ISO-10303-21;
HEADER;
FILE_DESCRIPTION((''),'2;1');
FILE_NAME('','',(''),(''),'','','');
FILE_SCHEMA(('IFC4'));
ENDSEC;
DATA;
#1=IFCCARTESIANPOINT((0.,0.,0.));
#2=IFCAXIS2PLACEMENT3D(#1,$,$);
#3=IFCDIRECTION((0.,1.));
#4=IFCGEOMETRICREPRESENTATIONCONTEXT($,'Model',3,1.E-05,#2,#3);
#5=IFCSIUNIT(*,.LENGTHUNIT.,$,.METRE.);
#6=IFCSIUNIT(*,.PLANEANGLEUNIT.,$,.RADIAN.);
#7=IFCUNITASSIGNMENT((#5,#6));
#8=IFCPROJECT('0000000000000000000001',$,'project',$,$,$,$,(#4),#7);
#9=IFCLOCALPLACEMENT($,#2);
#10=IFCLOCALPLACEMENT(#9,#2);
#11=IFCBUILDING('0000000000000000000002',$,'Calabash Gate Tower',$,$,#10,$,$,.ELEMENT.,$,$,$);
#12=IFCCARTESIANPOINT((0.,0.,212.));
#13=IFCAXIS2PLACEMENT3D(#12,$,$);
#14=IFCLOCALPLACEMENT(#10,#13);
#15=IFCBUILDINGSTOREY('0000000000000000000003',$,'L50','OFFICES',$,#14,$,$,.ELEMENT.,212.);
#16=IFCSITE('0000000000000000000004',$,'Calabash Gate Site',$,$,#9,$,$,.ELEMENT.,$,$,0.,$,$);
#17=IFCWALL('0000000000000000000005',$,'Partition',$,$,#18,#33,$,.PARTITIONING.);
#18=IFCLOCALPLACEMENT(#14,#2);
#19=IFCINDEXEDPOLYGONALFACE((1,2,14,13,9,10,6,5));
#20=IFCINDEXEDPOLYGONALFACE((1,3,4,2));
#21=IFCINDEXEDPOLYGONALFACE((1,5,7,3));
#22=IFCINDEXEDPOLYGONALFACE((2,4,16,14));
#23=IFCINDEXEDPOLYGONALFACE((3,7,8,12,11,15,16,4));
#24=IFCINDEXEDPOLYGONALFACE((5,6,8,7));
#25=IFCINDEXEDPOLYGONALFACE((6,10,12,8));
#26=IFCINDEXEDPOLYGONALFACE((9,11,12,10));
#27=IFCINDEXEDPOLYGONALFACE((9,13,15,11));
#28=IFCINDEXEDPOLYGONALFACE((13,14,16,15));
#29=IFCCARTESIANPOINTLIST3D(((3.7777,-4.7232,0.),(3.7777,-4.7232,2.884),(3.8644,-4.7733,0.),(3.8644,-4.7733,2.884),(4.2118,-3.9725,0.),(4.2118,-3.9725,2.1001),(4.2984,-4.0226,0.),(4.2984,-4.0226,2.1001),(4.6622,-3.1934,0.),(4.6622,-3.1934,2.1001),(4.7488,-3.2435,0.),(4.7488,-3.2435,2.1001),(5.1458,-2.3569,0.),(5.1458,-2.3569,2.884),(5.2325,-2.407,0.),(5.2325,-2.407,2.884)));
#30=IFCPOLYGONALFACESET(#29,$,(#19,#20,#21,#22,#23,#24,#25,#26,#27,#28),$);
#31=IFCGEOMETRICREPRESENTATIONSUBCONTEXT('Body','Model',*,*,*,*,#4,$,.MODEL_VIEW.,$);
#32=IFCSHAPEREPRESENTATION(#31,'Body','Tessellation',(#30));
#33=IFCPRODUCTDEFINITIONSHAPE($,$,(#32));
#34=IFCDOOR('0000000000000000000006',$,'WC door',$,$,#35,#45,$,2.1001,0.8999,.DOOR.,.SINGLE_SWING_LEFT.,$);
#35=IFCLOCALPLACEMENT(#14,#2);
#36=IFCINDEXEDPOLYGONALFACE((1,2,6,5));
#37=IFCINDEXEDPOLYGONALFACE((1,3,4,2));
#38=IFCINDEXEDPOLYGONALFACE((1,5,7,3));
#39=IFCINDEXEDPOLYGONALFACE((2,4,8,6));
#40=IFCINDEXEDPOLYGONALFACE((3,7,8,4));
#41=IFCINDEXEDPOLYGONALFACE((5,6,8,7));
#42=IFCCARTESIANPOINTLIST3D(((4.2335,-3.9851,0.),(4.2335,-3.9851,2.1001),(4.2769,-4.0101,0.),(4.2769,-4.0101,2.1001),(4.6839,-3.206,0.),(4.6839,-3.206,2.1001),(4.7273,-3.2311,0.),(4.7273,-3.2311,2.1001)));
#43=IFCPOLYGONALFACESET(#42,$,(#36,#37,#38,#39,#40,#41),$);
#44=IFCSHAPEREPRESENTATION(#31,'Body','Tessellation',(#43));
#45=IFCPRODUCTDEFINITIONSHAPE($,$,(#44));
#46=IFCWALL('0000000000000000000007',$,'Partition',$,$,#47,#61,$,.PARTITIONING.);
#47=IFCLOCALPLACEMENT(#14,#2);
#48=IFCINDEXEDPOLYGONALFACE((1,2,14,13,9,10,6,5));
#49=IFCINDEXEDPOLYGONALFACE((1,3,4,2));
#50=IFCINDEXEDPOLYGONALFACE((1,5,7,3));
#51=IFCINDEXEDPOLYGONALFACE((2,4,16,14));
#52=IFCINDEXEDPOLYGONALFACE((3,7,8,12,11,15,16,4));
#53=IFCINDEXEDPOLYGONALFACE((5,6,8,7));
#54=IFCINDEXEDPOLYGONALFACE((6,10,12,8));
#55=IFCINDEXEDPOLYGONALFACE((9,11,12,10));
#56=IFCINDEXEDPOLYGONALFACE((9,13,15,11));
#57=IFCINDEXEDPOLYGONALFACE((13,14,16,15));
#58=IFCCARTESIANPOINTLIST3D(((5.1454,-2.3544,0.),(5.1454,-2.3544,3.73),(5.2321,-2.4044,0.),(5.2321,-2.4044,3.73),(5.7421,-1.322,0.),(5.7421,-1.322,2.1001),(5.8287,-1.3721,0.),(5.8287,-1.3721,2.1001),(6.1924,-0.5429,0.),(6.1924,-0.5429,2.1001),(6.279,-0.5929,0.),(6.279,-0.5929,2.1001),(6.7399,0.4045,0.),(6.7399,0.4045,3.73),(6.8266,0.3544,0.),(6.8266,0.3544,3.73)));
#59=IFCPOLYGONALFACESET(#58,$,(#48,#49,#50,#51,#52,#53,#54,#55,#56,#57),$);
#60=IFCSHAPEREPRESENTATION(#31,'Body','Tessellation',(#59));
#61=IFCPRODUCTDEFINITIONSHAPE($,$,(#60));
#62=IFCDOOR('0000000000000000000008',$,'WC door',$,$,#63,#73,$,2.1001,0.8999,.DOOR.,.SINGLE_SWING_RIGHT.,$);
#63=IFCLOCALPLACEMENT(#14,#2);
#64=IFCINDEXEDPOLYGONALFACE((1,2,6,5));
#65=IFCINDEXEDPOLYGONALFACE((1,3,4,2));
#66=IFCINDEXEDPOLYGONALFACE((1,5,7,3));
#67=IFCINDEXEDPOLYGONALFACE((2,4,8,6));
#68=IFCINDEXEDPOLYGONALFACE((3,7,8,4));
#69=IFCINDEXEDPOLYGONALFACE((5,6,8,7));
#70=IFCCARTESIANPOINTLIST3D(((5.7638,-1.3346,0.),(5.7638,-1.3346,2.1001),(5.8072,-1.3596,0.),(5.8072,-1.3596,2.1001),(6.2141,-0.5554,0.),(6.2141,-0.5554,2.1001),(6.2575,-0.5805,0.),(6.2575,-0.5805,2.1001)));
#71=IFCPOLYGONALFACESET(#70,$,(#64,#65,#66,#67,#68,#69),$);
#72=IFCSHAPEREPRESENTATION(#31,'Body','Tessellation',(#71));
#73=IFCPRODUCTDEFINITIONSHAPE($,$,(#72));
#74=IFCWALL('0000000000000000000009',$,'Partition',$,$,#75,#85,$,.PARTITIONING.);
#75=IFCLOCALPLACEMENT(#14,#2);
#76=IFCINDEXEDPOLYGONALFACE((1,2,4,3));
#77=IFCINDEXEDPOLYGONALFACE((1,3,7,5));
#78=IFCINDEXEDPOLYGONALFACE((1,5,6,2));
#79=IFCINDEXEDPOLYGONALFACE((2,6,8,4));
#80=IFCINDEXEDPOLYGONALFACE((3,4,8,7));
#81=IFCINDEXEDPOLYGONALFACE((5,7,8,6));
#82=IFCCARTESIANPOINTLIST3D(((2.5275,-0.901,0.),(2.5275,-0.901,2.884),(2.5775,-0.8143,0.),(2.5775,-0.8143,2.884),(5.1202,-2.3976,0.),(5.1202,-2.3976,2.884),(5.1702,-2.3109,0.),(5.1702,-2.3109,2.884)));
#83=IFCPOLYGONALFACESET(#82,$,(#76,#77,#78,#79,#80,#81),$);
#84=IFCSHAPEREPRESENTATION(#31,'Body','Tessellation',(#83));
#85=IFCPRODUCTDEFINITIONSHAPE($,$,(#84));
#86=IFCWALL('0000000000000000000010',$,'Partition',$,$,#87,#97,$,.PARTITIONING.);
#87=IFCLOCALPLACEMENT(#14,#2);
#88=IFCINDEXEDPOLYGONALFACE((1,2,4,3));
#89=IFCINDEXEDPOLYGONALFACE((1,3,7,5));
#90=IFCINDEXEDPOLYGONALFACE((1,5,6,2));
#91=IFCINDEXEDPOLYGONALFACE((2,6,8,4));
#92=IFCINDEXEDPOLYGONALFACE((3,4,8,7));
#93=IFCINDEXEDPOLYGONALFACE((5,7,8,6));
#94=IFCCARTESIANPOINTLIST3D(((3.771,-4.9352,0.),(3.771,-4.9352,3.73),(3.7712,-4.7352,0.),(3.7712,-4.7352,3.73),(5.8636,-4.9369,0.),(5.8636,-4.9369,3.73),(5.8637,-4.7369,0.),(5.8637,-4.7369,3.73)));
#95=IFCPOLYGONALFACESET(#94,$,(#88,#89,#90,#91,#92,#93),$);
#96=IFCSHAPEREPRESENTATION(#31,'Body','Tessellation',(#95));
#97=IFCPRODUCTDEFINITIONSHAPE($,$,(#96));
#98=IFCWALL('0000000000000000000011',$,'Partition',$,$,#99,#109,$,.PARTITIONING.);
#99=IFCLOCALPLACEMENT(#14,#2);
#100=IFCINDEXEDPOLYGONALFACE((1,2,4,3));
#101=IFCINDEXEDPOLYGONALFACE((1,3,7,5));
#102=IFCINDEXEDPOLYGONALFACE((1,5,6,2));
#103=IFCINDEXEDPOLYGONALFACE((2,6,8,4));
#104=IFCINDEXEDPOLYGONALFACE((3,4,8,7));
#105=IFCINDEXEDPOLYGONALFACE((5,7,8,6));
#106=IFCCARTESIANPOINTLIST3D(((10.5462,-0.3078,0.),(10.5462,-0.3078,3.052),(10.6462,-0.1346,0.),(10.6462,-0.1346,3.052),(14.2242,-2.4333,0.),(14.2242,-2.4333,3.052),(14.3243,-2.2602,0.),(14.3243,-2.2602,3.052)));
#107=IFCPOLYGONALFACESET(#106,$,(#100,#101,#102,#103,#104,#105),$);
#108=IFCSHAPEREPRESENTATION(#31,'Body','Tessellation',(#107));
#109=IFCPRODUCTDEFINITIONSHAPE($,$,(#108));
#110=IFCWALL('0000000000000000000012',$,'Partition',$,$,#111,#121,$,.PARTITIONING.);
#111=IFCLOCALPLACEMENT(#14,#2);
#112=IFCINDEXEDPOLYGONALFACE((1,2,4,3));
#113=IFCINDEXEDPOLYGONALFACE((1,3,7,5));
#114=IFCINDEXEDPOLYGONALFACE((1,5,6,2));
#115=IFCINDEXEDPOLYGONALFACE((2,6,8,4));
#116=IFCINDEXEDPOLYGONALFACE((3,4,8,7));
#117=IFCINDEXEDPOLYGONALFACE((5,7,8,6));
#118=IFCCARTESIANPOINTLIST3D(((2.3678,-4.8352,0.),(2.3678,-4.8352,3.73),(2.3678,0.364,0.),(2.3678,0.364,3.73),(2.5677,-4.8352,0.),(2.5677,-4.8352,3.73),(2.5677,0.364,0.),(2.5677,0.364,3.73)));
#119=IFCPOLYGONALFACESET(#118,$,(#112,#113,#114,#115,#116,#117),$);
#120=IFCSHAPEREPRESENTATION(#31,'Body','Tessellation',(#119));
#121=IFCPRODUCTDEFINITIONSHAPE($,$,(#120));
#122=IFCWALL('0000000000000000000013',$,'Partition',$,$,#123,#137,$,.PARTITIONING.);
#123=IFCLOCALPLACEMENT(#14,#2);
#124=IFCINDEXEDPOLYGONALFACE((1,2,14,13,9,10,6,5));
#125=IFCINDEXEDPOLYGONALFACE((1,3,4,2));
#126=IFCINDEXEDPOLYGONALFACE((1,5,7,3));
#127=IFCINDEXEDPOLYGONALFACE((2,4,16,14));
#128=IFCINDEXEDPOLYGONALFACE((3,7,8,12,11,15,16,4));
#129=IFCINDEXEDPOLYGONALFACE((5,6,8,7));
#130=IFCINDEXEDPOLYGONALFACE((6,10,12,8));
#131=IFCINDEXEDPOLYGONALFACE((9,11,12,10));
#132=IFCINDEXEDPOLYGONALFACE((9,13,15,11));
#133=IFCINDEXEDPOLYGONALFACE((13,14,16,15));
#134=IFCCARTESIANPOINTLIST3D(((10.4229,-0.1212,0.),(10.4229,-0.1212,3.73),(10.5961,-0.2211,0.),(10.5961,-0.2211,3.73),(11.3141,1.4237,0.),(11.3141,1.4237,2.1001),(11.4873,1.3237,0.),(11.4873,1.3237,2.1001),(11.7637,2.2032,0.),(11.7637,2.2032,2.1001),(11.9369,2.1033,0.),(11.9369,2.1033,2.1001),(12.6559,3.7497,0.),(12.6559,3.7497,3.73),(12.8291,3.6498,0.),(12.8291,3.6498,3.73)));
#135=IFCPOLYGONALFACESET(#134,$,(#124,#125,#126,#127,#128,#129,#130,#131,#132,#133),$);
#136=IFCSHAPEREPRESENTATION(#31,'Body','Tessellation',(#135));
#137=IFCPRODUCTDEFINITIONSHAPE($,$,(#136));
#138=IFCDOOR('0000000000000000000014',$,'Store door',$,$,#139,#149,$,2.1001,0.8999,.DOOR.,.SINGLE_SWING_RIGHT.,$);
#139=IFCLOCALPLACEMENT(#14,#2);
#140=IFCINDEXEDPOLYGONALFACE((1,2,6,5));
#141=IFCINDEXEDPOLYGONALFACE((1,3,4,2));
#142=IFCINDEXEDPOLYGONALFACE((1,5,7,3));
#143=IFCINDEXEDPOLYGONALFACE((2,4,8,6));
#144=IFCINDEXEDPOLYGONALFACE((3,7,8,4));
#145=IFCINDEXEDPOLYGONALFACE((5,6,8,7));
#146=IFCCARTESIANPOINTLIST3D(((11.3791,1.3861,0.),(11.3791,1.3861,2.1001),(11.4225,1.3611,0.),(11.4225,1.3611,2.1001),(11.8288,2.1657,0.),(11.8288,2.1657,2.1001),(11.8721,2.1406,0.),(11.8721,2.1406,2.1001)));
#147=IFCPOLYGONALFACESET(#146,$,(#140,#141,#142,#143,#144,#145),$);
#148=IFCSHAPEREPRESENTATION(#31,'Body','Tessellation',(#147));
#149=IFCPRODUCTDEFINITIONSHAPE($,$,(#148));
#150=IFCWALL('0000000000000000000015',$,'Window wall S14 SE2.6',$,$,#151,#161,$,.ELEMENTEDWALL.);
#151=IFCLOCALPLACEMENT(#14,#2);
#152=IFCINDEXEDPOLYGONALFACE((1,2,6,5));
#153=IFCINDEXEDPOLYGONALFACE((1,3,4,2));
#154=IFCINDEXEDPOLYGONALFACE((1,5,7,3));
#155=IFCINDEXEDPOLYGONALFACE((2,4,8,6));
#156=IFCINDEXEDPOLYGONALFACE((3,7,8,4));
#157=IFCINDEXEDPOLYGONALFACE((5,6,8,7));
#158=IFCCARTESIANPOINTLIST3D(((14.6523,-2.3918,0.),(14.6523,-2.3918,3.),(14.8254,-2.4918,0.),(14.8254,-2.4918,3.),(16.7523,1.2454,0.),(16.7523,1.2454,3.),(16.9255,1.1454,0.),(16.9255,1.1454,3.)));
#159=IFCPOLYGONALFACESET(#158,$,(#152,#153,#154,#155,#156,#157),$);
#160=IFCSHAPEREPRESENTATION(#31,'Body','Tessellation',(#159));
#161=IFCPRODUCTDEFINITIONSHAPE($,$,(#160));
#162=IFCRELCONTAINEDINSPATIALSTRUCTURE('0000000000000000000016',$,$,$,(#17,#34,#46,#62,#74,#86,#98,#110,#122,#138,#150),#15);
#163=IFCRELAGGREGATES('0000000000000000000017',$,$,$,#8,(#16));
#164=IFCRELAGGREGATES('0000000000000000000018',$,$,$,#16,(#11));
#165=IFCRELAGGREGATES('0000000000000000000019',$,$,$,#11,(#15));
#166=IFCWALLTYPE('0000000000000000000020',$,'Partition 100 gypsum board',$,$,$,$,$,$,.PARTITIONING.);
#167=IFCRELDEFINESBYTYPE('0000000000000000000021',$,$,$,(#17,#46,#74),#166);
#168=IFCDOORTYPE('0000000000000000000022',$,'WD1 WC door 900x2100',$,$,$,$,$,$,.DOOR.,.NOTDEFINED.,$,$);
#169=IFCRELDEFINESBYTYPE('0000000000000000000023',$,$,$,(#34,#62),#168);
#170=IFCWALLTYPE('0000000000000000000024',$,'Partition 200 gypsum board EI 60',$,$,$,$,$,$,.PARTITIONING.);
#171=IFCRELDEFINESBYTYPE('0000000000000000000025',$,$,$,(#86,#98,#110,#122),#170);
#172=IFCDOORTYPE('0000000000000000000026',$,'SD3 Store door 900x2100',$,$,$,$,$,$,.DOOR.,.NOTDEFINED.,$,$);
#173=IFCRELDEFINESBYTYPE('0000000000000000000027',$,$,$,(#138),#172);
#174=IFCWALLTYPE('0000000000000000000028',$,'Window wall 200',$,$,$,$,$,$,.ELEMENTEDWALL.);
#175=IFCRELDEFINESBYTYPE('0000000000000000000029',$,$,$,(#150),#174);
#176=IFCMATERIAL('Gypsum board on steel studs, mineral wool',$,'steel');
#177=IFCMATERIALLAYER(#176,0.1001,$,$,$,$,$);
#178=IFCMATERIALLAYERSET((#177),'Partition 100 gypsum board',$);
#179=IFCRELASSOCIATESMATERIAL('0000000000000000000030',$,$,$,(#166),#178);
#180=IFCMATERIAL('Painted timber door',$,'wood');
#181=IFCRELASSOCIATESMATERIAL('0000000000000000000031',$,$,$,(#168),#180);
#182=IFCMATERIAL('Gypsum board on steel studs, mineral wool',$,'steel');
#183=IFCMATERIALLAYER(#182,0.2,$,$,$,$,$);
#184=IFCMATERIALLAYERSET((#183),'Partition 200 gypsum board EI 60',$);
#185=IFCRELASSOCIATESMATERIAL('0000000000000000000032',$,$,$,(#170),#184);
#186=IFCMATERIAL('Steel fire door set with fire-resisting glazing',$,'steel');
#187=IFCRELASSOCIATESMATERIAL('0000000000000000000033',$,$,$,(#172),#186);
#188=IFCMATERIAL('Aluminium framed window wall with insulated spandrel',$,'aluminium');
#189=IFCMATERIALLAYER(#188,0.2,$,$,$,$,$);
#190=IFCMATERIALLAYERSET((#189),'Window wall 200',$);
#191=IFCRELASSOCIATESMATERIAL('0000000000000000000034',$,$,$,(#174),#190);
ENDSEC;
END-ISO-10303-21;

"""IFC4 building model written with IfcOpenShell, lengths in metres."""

from ifc_helpers import new_model, si_unit, direction, frame, frame_2d, origin, place, context, subcontext, project, spatial, rectangle, extrude, material, layer, layer_set, type_object, element, fill, save


model = new_model("IFC4")

# Units and contexts
model_context = context("Model", 3, precision=1e-05, world=origin(), true_north=direction((0.0, 1.0)))
body_context = subcontext(model_context, "Body", "Model", "MODEL_VIEW")
ifc_project = project(units=[si_unit("LENGTHUNIT", "METRE"), si_unit("PLANEANGLEUNIT", "RADIAN")], contexts=[model_context])

# Site, building, storey
site_placement = place(None, origin())
site = spatial("IfcSite", under=ifc_project, at=site_placement, Name="Calabash Gate Site", CompositionType="ELEMENT", RefElevation=0.0)
building_placement = place(site_placement, origin())
building = spatial("IfcBuilding", under=site, at=building_placement, Name="Calabash Gate Tower", CompositionType="ELEMENT")
storey_placement = place(building_placement, frame((0.0, 0.0, 212.0)))
storey = spatial("IfcBuildingStorey", under=building, at=storey_placement, Name="L50", Description="OFFICES", CompositionType="ELEMENT", Elevation=212.0)

# Walls, openings, doors
ifc_material_1 = material(Name="Gypsum board on steel studs, mineral wool", Category="steel")
ifc_layer_1 = layer(ifc_material_1, 0.1001)
ifc_layer_set_1 = layer_set([ifc_layer_1], Name="Partition 100 gypsum board")
wall_type_1 = type_object("IfcWallType", Name="Partition 100 gypsum board", PredefinedType="PARTITIONING", material=ifc_layer_set_1)
wall_1_placement = place(storey_placement, frame((3.821, -4.7483, 0.0), z_axis=(0.0, 0.0, 1.0), x_axis=(0.500519, 0.865726, 0.0)))
wall_1 = element("IfcWall", 1, at=wall_1_placement, inside=storey, type_object=wall_type_1, Name="Partition", PredefinedType="PARTITIONING", context=body_context, shape_type="SweptSolid", body=[
    extrude(rectangle(XDim=2.7334, YDim=0.1001, at=frame_2d((1.3667, 0.0))), origin(), (0.0, 0.0, 1.0), 2.884),
])
opening_1_placement = place(wall_1_placement, frame((0.8672, 0.0, 0.0)))
opening_1 = element("IfcOpeningElement", 2, at=opening_1_placement, cuts=wall_1, PredefinedType="OPENING", context=body_context, shape_type="SweptSolid", body=[
    extrude(rectangle(XDim=0.8999, YDim=2.1001, at=frame_2d((0.45, 1.05))), frame((0.0, 0.0601, 0.0), z_axis=(0.0, -1.0, 0.0), x_axis=(1.0, 0.0, 0.0)), (0.0, 0.0, 1.0), 0.1201),
])
ifc_material_2 = material(Name="Painted timber door", Category="wood")
door_type_1 = type_object("IfcDoorType", Name="WD1 WC door 900x2100", OperationType="NOTDEFINED", PredefinedType="DOOR", material=ifc_material_2)
door_1_placement = place(opening_1_placement, origin())
door_1 = element("IfcDoor", 3, at=door_1_placement, inside=storey, type_object=door_type_1, Name="WC door", OperationType="SINGLE_SWING_LEFT", OverallHeight=2.1001, OverallWidth=0.8999, PredefinedType="DOOR", context=body_context, shape_type="SweptSolid", body=[
    extrude(rectangle(XDim=0.8999, YDim=2.1001, at=frame_2d((0.45, 1.05))), frame((0.0, 0.0249, 0.0), z_axis=(0.0, -1.0, 0.0), x_axis=(1.0, 0.0, 0.0)), (0.0, 0.0, 1.0), 0.05),
])
fill(opening_1, door_1)
wall_2_placement = place(storey_placement, frame((5.1887, -2.3794, 0.0), z_axis=(0.0, 0.0, 1.0), x_axis=(0.500399, 0.865795, 0.0)))
wall_2 = element("IfcWall", 4, at=wall_2_placement, inside=storey, type_object=wall_type_1, Name="Partition", PredefinedType="PARTITIONING", context=body_context, shape_type="SweptSolid", body=[
    extrude(rectangle(XDim=3.1865, YDim=0.1001, at=frame_2d((1.5933, 0.0))), origin(), (0.0, 0.0, 1.0), 3.73),
])
opening_2_placement = place(wall_2_placement, frame((1.1924, 0.0, 0.0)))
opening_2 = element("IfcOpeningElement", 5, at=opening_2_placement, cuts=wall_2, PredefinedType="OPENING", context=body_context, shape_type="SweptSolid", body=[
    extrude(rectangle(XDim=0.8999, YDim=2.1001, at=frame_2d((0.45, 1.05))), frame((0.0, 0.0601, 0.0), z_axis=(0.0, -1.0, 0.0), x_axis=(1.0, 0.0, 0.0)), (0.0, 0.0, 1.0), 0.1201),
])
door_2_placement = place(opening_2_placement, origin())
door_2 = element("IfcDoor", 6, at=door_2_placement, inside=storey, type_object=door_type_1, Name="WC door", OperationType="SINGLE_SWING_RIGHT", OverallHeight=2.1001, OverallWidth=0.8999, PredefinedType="DOOR", context=body_context, shape_type="SweptSolid", body=[
    extrude(rectangle(XDim=0.8999, YDim=2.1001, at=frame_2d((0.45, 1.05))), frame((0.0, 0.0249, 0.0), z_axis=(0.0, -1.0, 0.0), x_axis=(1.0, 0.0, 0.0)), (0.0, 0.0, 1.0), 0.05),
])
fill(opening_2, door_2)

# Walls
wall_3_placement = place(storey_placement, frame((2.5525, -0.8577, 0.0), z_axis=(0.0, 0.0, 1.0), x_axis=(0.866077, -0.499911, 0.0)))
element("IfcWall", 7, at=wall_3_placement, inside=storey, type_object=wall_type_1, Name="Partition", PredefinedType="PARTITIONING", context=body_context, shape_type="SweptSolid", body=[
    extrude(rectangle(XDim=2.9937, YDim=0.1001, at=frame_2d((1.4968, 0.0))), origin(), (0.0, 0.0, 1.0), 2.884),
])
ifc_material_3 = material(Name="Gypsum board on steel studs, mineral wool", Category="steel")
ifc_layer_2 = layer(ifc_material_3, 0.2)
ifc_layer_set_2 = layer_set([ifc_layer_2], Name="Partition 200 gypsum board EI 60")
wall_type_2 = type_object("IfcWallType", Name="Partition 200 gypsum board EI 60", PredefinedType="PARTITIONING", material=ifc_layer_set_2)
wall_4_placement = place(storey_placement, frame((3.771, -4.8352, 0.0), z_axis=(0.0, 0.0, 1.0), x_axis=(1.0, -0.000817, 0.0)))
element("IfcWall", 8, at=wall_4_placement, inside=storey, type_object=wall_type_2, Name="Partition", PredefinedType="PARTITIONING", context=body_context, shape_type="SweptSolid", body=[
    extrude(rectangle(XDim=2.0925, YDim=0.2, at=frame_2d((1.0464, 0.0))), origin(), (0.0, 0.0, 1.0), 3.73),
])
wall_5_placement = place(storey_placement, frame((10.5962, -0.2212, 0.0), z_axis=(0.0, 0.0, 1.0), x_axis=(0.865821, -0.500354, 0.0)))
element("IfcWall", 9, at=wall_5_placement, inside=storey, type_object=wall_type_2, Name="Partition", PredefinedType="PARTITIONING", context=body_context, shape_type="SweptSolid", body=[
    extrude(rectangle(XDim=4.248, YDim=0.2, at=frame_2d((2.124, 0.0))), origin(), (0.0, 0.0, 1.0), 3.052),
])
wall_6_placement = place(storey_placement, frame((2.4678, -4.8352, 0.0), z_axis=(0.0, 0.0, 1.0), x_axis=(0.0, 1.0, 0.0)))
element("IfcWall", 10, at=wall_6_placement, inside=storey, type_object=wall_type_2, Name="Partition", PredefinedType="PARTITIONING", context=body_context, shape_type="SweptSolid", body=[
    extrude(rectangle(XDim=5.1992, YDim=0.2, at=frame_2d((2.5996, 0.0))), origin(), (0.0, 0.0, 1.0), 3.73),
])

# Wall, opening, door
wall_7_placement = place(storey_placement, frame((10.5095, -0.1711, 0.0), z_axis=(0.0, 0.0, 1.0), x_axis=(0.499677, 0.866212, 0.0)))
wall_7 = element("IfcWall", 11, at=wall_7_placement, inside=storey, type_object=wall_type_2, Name="Partition", PredefinedType="PARTITIONING", context=body_context, shape_type="SweptSolid", body=[
    extrude(rectangle(XDim=4.4688, YDim=0.2, at=frame_2d((2.2344, 0.0))), origin(), (0.0, 0.0, 1.0), 3.73),
])
opening_3_placement = place(wall_7_placement, frame((1.7834, 0.0, 0.0)))
opening_3 = element("IfcOpeningElement", 12, at=opening_3_placement, cuts=wall_7, PredefinedType="OPENING", context=body_context, shape_type="SweptSolid", body=[
    extrude(rectangle(XDim=0.8999, YDim=2.1001, at=frame_2d((0.45, 1.05))), frame((0.0, 0.1099, 0.0), z_axis=(0.0, -1.0, 0.0), x_axis=(1.0, 0.0, 0.0)), (0.0, 0.0, 1.0), 0.22),
])
ifc_material_4 = material(Name="Steel fire door set with fire-resisting glazing", Category="steel")
door_type_2 = type_object("IfcDoorType", Name="SD3 Store door 900x2100", OperationType="NOTDEFINED", PredefinedType="DOOR", material=ifc_material_4)
door_3_placement = place(opening_3_placement, origin())
door_3 = element("IfcDoor", 13, at=door_3_placement, inside=storey, type_object=door_type_2, Name="Store door", OperationType="SINGLE_SWING_RIGHT", OverallHeight=2.1001, OverallWidth=0.8999, PredefinedType="DOOR", context=body_context, shape_type="SweptSolid", body=[
    extrude(rectangle(XDim=0.8999, YDim=2.1001, at=frame_2d((0.45, 1.05))), frame((0.0, 0.0249, 0.0), z_axis=(0.0, -1.0, 0.0), x_axis=(1.0, 0.0, 0.0)), (0.0, 0.0, 1.0), 0.05),
])
fill(opening_3, door_3)

# Wall
ifc_material_5 = material(Name="Aluminium framed window wall with insulated spandrel", Category="aluminium")
ifc_layer_3 = layer(ifc_material_5, 0.2)
ifc_layer_set_3 = layer_set([ifc_layer_3], Name="Window wall 200")
wall_type_3 = type_object("IfcWallType", Name="Window wall 200", PredefinedType="ELEMENTEDWALL", material=ifc_layer_set_3)
wall_8_placement = place(storey_placement, frame((14.7388, -2.4419, 0.0), z_axis=(0.0, 0.0, 1.0), x_axis=(0.500028, 0.866009, 0.0)))
element("IfcWall", 14, at=wall_8_placement, inside=storey, type_object=wall_type_3, Name="Window wall S14 SE2.6", PredefinedType="ELEMENTEDWALL", context=body_context, shape_type="SweptSolid", body=[
    extrude(rectangle(XDim=4.2, YDim=0.2, at=frame_2d((2.1001, 0.0))), origin(), (0.0, 0.0, 1.0), 3.0),
])

save(model, "model.ifc")
